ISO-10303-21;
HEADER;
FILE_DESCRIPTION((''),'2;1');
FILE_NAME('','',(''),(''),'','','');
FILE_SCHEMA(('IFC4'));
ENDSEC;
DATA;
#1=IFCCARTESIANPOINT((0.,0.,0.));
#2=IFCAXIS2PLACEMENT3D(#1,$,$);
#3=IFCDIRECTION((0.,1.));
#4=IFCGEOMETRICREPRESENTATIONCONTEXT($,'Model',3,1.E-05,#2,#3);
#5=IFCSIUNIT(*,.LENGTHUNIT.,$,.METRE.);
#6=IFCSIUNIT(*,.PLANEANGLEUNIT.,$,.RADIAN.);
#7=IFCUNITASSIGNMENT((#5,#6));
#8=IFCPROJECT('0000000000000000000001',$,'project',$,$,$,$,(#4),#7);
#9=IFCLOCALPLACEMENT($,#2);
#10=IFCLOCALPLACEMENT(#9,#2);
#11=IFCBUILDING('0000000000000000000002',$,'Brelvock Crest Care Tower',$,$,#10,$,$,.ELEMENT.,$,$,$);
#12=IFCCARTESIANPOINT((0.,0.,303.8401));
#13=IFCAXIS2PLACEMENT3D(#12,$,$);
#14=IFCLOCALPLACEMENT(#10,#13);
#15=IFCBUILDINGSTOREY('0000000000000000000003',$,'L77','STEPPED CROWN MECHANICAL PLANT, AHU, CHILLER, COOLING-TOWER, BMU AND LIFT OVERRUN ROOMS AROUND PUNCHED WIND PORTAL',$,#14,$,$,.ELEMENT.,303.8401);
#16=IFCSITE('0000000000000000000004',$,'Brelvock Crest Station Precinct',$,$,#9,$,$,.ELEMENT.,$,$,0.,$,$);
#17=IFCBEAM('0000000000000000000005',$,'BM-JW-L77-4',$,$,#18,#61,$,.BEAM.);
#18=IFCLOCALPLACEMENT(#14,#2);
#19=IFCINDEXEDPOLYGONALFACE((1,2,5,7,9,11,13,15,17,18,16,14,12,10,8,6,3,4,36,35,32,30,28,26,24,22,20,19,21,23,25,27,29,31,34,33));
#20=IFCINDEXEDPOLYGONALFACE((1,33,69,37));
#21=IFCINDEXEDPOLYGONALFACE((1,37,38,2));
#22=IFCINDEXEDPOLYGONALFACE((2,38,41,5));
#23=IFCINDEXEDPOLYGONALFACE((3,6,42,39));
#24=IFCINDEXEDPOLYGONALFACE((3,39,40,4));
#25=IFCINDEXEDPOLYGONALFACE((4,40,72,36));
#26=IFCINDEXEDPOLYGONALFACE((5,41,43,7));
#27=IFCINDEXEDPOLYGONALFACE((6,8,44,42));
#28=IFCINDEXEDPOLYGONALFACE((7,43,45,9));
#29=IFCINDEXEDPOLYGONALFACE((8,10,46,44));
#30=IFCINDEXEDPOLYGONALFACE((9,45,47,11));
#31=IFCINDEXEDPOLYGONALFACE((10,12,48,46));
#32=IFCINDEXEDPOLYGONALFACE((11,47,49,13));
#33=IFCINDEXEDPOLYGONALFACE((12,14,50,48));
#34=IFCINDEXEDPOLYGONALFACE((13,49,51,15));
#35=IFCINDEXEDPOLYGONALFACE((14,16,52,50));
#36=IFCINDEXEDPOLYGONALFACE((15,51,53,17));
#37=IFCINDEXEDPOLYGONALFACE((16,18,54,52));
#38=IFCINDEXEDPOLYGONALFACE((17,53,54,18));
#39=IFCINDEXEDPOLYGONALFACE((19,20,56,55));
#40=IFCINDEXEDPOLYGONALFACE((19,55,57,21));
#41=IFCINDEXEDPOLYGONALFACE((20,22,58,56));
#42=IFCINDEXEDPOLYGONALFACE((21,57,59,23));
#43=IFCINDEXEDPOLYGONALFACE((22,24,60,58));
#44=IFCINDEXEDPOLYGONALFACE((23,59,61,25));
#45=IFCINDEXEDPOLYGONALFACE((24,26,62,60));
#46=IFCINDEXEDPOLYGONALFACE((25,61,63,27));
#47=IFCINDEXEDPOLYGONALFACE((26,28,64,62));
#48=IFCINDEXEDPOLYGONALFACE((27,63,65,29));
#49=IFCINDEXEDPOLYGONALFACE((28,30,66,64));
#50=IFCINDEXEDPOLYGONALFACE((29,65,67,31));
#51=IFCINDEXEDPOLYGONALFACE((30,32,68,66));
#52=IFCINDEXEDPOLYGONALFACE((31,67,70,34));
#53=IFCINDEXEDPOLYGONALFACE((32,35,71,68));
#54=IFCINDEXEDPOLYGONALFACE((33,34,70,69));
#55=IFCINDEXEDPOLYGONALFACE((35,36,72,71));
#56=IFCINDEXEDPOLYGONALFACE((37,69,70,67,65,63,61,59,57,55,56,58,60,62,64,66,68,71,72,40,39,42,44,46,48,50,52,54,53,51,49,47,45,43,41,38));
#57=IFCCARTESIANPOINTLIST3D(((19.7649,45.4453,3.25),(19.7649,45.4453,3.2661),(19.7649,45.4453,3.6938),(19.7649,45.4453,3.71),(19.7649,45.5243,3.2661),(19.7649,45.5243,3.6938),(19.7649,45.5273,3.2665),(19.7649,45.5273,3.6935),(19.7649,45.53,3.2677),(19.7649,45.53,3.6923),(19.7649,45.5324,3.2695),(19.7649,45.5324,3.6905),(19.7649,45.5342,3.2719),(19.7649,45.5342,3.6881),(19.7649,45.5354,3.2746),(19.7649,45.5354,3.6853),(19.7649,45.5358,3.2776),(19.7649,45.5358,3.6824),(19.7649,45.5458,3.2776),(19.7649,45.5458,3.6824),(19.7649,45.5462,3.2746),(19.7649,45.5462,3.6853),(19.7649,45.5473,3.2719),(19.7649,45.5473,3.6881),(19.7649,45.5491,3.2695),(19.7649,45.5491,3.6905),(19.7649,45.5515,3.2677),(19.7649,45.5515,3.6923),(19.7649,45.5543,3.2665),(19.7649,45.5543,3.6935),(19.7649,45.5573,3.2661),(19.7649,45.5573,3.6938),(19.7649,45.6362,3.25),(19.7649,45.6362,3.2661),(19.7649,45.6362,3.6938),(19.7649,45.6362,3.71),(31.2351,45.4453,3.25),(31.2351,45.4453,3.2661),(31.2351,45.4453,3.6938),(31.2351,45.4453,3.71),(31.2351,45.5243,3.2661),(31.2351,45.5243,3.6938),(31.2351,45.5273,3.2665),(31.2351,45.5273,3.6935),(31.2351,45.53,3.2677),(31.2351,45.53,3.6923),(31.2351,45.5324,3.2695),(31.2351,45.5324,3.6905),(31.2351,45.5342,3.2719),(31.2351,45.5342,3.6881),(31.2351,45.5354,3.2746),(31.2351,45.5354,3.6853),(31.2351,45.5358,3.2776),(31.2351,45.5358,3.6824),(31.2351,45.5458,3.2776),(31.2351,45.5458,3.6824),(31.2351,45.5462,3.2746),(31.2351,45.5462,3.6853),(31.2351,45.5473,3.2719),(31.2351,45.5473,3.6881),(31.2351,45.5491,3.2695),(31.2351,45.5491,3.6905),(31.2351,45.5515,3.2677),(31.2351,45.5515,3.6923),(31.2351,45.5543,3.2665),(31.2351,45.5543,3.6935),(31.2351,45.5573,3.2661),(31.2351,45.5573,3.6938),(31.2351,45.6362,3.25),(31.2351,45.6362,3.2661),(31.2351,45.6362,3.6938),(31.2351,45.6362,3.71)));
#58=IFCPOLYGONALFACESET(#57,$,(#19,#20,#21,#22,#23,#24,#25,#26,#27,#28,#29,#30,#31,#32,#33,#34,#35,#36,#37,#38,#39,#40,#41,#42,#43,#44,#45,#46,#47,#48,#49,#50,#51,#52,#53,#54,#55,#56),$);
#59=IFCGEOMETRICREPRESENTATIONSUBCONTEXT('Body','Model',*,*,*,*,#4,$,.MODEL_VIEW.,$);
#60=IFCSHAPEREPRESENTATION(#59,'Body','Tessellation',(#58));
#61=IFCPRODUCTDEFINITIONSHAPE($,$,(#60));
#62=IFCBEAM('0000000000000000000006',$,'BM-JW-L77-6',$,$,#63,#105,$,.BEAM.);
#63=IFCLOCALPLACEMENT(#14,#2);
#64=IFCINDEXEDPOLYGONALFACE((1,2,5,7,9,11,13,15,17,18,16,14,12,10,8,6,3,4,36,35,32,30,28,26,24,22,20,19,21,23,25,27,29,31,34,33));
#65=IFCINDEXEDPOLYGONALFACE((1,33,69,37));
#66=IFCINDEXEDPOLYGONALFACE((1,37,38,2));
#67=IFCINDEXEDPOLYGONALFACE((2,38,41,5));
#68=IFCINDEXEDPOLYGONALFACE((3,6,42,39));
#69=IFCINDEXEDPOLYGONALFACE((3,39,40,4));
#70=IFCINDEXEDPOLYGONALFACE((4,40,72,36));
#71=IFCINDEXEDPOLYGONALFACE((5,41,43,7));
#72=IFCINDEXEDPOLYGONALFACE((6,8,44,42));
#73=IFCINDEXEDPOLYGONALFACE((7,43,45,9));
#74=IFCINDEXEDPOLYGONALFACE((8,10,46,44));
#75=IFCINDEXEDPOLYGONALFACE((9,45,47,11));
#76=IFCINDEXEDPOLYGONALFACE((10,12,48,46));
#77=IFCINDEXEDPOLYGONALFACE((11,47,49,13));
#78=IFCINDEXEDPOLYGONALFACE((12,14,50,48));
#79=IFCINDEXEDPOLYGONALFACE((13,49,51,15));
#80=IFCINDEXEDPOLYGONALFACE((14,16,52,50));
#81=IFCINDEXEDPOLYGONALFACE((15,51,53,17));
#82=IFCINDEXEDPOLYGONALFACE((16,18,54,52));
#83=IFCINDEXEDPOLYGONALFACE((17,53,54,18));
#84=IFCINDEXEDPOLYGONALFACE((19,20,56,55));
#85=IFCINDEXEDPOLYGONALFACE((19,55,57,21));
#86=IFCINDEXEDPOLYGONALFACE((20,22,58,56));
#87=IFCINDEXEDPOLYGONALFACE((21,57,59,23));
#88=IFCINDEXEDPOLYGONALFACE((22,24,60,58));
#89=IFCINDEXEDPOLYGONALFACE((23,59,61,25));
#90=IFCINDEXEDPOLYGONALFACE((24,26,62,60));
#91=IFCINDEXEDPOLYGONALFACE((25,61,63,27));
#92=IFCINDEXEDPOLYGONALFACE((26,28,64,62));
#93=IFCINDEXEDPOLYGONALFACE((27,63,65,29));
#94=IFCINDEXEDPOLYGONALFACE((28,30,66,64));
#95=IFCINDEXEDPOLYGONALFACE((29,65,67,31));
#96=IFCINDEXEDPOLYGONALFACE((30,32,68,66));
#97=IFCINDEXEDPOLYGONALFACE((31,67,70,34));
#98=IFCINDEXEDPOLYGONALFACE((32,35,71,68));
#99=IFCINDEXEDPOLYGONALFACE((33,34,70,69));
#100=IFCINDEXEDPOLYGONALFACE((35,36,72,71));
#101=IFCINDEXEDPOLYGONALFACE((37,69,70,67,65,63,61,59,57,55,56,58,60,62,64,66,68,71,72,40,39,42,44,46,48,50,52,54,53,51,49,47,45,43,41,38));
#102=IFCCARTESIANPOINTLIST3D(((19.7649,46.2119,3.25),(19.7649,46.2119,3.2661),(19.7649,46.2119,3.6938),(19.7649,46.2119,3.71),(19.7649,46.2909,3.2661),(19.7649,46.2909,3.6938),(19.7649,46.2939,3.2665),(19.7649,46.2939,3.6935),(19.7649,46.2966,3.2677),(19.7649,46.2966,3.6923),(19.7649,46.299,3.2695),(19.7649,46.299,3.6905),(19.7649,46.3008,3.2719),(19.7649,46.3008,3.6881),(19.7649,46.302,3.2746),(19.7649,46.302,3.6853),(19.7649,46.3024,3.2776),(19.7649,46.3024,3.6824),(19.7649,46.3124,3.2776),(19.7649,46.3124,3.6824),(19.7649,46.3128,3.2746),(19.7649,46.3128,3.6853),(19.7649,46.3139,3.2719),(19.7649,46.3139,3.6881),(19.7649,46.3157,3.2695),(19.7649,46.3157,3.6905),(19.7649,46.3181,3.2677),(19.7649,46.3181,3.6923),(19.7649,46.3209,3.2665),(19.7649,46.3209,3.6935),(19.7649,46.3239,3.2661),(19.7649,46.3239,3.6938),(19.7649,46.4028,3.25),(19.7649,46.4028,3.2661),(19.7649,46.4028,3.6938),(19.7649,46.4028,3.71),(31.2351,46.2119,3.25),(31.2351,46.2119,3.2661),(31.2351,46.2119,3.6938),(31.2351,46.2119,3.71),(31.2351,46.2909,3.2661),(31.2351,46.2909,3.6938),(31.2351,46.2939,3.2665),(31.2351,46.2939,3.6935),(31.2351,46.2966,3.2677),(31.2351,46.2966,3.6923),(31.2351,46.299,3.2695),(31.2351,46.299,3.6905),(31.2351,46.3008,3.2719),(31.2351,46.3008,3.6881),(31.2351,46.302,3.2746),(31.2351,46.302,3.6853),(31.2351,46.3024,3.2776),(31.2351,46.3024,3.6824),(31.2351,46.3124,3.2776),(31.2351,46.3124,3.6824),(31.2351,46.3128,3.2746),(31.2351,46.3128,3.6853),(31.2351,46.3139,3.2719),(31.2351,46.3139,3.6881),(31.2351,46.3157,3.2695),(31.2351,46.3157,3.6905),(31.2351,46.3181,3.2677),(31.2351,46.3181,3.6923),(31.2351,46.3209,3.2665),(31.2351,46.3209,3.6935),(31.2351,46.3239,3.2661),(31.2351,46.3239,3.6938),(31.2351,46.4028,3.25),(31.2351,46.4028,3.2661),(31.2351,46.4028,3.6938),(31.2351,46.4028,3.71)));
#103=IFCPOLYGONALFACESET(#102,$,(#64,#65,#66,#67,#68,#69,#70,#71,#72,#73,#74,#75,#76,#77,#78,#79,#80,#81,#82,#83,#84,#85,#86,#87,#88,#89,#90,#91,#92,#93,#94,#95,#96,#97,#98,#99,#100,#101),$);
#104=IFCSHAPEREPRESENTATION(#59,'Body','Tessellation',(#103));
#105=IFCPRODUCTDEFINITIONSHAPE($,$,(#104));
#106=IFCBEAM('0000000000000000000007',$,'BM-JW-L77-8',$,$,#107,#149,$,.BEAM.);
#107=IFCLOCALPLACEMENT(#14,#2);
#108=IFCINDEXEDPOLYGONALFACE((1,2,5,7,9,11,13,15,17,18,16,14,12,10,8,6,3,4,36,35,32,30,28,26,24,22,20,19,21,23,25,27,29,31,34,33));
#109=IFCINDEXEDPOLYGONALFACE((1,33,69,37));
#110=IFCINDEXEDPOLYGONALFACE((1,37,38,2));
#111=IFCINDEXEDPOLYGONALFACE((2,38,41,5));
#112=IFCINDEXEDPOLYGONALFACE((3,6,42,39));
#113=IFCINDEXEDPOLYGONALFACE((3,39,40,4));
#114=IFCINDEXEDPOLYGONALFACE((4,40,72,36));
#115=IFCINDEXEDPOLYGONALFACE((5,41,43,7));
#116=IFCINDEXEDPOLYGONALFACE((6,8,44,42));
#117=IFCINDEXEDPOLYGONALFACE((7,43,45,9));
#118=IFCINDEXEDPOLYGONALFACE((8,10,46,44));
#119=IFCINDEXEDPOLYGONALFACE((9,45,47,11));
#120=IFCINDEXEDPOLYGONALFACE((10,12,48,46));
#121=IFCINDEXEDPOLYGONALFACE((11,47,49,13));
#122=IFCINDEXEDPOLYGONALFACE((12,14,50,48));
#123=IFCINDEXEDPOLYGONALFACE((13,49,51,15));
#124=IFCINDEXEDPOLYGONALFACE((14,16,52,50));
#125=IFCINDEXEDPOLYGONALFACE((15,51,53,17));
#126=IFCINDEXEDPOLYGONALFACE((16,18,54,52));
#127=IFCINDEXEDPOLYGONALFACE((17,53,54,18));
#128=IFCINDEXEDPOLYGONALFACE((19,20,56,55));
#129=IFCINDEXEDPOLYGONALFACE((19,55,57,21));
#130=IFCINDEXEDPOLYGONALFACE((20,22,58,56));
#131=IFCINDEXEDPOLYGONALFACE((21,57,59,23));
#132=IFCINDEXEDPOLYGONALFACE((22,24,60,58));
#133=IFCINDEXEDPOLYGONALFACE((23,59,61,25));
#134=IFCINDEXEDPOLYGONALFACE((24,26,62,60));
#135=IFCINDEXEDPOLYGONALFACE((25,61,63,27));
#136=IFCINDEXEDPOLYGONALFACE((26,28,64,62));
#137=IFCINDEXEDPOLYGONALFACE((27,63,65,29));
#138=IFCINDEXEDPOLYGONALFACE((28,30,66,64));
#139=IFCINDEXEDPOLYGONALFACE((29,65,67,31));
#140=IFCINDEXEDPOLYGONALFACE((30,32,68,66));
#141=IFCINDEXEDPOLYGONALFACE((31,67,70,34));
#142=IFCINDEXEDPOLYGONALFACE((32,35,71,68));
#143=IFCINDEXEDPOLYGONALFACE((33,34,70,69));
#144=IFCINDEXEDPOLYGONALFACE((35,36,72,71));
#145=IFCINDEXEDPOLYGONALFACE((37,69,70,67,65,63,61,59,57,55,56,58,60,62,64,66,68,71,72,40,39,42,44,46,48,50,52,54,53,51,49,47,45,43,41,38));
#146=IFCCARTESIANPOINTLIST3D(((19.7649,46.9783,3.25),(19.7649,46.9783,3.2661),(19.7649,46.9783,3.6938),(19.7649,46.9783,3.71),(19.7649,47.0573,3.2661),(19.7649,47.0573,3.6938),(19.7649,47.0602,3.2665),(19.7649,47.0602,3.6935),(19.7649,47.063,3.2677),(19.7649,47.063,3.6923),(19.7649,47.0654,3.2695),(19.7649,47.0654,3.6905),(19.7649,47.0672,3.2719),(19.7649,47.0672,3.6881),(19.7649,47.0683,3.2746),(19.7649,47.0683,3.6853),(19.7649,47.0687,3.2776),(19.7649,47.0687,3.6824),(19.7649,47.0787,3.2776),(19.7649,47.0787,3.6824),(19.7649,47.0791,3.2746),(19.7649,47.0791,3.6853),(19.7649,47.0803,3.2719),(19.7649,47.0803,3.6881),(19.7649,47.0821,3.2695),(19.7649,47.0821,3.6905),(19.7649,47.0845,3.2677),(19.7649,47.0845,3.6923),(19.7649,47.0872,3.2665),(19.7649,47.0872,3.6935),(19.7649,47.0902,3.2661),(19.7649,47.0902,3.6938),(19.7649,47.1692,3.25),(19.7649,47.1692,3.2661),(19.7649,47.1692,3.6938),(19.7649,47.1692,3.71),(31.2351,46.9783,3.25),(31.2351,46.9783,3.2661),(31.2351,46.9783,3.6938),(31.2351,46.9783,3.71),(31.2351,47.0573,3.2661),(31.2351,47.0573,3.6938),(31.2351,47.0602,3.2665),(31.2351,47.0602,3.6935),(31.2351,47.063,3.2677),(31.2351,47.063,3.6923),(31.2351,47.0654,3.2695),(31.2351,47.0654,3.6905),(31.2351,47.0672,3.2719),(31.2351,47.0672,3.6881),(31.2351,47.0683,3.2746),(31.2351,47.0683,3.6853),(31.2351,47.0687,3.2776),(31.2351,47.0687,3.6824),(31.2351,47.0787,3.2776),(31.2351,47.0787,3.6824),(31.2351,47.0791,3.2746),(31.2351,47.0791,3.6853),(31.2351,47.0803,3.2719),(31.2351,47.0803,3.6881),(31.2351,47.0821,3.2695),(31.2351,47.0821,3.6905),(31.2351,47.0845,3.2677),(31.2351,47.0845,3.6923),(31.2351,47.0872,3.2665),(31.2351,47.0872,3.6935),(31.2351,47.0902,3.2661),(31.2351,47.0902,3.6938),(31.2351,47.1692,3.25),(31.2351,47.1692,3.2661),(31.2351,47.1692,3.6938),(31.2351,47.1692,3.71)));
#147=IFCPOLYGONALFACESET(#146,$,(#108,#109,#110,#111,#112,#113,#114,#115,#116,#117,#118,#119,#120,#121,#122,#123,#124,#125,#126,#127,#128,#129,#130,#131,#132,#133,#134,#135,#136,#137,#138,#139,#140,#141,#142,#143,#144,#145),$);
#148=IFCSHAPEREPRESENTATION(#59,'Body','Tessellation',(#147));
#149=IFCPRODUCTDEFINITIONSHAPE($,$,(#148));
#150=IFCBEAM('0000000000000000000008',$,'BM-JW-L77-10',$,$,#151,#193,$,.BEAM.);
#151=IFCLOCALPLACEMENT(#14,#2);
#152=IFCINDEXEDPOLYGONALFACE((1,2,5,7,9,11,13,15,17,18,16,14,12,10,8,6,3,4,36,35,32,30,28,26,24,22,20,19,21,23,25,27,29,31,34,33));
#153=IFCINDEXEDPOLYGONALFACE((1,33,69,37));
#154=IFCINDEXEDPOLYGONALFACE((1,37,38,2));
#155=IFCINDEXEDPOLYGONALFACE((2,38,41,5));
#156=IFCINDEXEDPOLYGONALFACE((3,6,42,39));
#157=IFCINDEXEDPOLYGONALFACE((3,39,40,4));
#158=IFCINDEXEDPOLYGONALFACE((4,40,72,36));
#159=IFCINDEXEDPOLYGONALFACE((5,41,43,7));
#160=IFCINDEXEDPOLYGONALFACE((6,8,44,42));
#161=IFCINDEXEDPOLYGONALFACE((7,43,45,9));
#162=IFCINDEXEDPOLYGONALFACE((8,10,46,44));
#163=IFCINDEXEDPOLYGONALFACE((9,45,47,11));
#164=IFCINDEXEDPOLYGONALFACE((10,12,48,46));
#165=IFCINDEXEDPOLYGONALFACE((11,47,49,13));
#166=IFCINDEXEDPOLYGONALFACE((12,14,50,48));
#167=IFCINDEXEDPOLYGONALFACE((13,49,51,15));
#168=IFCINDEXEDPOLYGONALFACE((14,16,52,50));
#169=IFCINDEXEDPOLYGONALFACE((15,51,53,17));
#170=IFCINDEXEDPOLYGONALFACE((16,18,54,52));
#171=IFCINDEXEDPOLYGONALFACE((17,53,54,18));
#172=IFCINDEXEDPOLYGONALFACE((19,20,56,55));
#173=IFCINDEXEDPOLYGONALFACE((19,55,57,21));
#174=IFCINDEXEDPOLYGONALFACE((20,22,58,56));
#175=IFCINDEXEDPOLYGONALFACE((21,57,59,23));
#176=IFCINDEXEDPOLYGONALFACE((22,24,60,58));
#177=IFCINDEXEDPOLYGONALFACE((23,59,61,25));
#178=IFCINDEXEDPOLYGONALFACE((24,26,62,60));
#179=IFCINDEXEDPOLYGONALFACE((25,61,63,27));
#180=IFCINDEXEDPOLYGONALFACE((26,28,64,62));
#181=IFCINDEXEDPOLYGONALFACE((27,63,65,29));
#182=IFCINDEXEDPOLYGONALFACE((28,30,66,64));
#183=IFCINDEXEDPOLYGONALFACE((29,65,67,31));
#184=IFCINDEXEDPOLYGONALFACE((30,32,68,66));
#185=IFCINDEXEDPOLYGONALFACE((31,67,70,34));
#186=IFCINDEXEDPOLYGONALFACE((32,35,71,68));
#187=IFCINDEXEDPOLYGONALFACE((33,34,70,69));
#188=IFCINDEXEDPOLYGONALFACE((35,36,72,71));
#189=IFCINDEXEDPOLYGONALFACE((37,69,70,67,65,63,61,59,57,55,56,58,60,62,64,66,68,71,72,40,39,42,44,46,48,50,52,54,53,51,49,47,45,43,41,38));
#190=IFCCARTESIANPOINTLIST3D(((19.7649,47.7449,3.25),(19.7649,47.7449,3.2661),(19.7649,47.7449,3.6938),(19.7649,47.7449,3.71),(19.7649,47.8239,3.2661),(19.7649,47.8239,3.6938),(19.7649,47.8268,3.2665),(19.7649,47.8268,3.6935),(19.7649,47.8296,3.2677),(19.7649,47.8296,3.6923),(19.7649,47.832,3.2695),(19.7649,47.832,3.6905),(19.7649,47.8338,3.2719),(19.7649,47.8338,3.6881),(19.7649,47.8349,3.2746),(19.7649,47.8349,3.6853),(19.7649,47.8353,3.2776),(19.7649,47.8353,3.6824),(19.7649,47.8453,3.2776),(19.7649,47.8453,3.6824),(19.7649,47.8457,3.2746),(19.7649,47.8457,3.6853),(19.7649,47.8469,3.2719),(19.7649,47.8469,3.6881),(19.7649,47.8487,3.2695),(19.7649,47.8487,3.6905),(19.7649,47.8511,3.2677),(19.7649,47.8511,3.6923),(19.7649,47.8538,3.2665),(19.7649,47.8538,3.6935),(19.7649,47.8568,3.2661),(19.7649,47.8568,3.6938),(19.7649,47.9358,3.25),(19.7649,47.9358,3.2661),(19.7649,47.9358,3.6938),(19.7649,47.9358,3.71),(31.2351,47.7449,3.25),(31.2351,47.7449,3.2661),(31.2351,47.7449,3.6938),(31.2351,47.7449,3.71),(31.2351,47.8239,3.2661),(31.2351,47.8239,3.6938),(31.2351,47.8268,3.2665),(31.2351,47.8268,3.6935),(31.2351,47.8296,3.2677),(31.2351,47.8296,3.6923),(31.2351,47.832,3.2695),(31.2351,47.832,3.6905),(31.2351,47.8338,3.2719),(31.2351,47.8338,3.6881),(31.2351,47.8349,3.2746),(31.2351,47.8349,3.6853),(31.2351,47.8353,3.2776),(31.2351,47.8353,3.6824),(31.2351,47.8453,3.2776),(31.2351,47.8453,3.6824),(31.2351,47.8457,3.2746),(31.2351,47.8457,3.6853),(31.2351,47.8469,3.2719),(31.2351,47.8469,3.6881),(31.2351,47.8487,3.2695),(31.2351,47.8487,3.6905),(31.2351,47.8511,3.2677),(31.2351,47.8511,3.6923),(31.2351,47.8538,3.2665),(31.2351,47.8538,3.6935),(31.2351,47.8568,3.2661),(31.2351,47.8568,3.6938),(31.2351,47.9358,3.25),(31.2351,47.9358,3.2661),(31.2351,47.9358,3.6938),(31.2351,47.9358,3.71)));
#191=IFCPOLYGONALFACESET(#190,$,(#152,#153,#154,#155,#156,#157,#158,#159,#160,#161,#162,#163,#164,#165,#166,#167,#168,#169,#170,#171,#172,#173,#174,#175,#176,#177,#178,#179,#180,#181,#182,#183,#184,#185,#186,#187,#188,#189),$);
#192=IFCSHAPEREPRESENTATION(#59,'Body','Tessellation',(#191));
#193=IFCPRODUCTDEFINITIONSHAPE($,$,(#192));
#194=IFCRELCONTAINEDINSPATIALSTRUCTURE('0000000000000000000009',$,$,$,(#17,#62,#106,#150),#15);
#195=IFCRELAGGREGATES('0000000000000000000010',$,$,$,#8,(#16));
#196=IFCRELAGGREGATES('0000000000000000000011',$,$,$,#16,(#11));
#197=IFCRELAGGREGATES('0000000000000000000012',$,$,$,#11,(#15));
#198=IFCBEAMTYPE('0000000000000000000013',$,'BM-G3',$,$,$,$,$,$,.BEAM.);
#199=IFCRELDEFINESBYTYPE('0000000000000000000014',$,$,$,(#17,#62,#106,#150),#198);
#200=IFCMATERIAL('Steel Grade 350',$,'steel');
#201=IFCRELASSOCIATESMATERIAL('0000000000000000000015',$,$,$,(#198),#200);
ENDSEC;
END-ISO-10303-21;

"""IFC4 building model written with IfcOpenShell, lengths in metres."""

from ifc_helpers import new_model, si_unit, direction, frame, origin, origin_2d, place, context, subcontext, project, spatial, i_section, extrude, source, transform, mapped, material, material_profile, profile_set, type_object, element, save


model = new_model("IFC4")

# Units and contexts
model_context = context("Model", 3, precision=1e-05, world=origin(), true_north=direction((0.0, 1.0)))
body_context = subcontext(model_context, "Body", "Model", "MODEL_VIEW")
ifc_project = project(units=[si_unit("LENGTHUNIT", "METRE"), si_unit("PLANEANGLEUNIT", "RADIAN")], contexts=[model_context])

# Site, building, storey
site_placement = place(None, origin())
site = spatial("IfcSite", under=ifc_project, at=site_placement, Name="Brelvock Crest Station Precinct", CompositionType="ELEMENT", RefElevation=0.0)
building_placement = place(site_placement, origin())
building = spatial("IfcBuilding", under=site, at=building_placement, Name="Brelvock Crest Care Tower", CompositionType="ELEMENT")
storey_placement = place(building_placement, frame((0.0, 0.0, 303.8401)))
storey = spatial("IfcBuildingStorey", under=building, at=storey_placement, Name="L77", Description="STEPPED CROWN MECHANICAL PLANT, AHU, CHILLER, COOLING-TOWER, BMU AND LIFT OVERRUN ROOMS AROUND PUNCHED WIND PORTAL", CompositionType="ELEMENT", Elevation=303.8401)

# Shared definitions
ifc_material_1 = material(Name="Steel Grade 350", Category="steel")

# Beams
ifc_material_profile_1 = material_profile(ifc_material_1, i_section(OverallWidth=0.1909, OverallDepth=0.46, WebThickness=0.01, FlangeThickness=0.0161, FilletRadius=0.0115, at=origin_2d()), Name="460UB82.1")
ifc_profile_set_1 = profile_set([ifc_material_profile_1], Name="Steel Grade 350")
beam_type_1 = type_object("IfcBeamType", Name="BM-G3", PredefinedType="BEAM", material=ifc_profile_set_1)
shared_shape_1 = source(origin(), body_context, "Body", "SweptSolid", [
    extrude(i_section(OverallWidth=0.1909, OverallDepth=0.46, WebThickness=0.01, FlangeThickness=0.0161, FilletRadius=0.0115, at=origin_2d()), origin(), (0.0, 0.0, 1.0), 11.4702),
])
for number, where, z_axis, x_axis, name in (
    (1, (19.7649, 45.5408, 3.48), (1.0, 0.0, 0.0), (0.0, 1.0, 0.0), "BM-JW-L77-4"),
    (2, (19.7649, 46.3074, 3.48), (1.0, 0.0, 0.0), (0.0, 1.0, 0.0), "BM-JW-L77-6"),
    (3, (19.7649, 47.0737, 3.48), (1.0, 0.0, 0.0), (0.0, 1.0, 0.0), "BM-JW-L77-8"),
    (4, (19.7649, 47.8403, 3.48), (1.0, 0.0, 0.0), (0.0, 1.0, 0.0), "BM-JW-L77-10"),
):
    element("IfcBeam", number, at=place(storey_placement, frame(where, z_axis=z_axis, x_axis=x_axis)), inside=storey, type_object=beam_type_1, Name=name, PredefinedType="BEAM", context=body_context, shape_type="MappedRepresentation", body=[
        mapped(shared_shape_1, transform((0.0, 0.0, 0.0), x_axis=(1.0, 0.0, 0.0), y_axis=(0.0, 1.0, 0.0), z_axis=(0.0, 0.0, 1.0), scale=1.0)),
    ])

save(model, "model.ifc")
